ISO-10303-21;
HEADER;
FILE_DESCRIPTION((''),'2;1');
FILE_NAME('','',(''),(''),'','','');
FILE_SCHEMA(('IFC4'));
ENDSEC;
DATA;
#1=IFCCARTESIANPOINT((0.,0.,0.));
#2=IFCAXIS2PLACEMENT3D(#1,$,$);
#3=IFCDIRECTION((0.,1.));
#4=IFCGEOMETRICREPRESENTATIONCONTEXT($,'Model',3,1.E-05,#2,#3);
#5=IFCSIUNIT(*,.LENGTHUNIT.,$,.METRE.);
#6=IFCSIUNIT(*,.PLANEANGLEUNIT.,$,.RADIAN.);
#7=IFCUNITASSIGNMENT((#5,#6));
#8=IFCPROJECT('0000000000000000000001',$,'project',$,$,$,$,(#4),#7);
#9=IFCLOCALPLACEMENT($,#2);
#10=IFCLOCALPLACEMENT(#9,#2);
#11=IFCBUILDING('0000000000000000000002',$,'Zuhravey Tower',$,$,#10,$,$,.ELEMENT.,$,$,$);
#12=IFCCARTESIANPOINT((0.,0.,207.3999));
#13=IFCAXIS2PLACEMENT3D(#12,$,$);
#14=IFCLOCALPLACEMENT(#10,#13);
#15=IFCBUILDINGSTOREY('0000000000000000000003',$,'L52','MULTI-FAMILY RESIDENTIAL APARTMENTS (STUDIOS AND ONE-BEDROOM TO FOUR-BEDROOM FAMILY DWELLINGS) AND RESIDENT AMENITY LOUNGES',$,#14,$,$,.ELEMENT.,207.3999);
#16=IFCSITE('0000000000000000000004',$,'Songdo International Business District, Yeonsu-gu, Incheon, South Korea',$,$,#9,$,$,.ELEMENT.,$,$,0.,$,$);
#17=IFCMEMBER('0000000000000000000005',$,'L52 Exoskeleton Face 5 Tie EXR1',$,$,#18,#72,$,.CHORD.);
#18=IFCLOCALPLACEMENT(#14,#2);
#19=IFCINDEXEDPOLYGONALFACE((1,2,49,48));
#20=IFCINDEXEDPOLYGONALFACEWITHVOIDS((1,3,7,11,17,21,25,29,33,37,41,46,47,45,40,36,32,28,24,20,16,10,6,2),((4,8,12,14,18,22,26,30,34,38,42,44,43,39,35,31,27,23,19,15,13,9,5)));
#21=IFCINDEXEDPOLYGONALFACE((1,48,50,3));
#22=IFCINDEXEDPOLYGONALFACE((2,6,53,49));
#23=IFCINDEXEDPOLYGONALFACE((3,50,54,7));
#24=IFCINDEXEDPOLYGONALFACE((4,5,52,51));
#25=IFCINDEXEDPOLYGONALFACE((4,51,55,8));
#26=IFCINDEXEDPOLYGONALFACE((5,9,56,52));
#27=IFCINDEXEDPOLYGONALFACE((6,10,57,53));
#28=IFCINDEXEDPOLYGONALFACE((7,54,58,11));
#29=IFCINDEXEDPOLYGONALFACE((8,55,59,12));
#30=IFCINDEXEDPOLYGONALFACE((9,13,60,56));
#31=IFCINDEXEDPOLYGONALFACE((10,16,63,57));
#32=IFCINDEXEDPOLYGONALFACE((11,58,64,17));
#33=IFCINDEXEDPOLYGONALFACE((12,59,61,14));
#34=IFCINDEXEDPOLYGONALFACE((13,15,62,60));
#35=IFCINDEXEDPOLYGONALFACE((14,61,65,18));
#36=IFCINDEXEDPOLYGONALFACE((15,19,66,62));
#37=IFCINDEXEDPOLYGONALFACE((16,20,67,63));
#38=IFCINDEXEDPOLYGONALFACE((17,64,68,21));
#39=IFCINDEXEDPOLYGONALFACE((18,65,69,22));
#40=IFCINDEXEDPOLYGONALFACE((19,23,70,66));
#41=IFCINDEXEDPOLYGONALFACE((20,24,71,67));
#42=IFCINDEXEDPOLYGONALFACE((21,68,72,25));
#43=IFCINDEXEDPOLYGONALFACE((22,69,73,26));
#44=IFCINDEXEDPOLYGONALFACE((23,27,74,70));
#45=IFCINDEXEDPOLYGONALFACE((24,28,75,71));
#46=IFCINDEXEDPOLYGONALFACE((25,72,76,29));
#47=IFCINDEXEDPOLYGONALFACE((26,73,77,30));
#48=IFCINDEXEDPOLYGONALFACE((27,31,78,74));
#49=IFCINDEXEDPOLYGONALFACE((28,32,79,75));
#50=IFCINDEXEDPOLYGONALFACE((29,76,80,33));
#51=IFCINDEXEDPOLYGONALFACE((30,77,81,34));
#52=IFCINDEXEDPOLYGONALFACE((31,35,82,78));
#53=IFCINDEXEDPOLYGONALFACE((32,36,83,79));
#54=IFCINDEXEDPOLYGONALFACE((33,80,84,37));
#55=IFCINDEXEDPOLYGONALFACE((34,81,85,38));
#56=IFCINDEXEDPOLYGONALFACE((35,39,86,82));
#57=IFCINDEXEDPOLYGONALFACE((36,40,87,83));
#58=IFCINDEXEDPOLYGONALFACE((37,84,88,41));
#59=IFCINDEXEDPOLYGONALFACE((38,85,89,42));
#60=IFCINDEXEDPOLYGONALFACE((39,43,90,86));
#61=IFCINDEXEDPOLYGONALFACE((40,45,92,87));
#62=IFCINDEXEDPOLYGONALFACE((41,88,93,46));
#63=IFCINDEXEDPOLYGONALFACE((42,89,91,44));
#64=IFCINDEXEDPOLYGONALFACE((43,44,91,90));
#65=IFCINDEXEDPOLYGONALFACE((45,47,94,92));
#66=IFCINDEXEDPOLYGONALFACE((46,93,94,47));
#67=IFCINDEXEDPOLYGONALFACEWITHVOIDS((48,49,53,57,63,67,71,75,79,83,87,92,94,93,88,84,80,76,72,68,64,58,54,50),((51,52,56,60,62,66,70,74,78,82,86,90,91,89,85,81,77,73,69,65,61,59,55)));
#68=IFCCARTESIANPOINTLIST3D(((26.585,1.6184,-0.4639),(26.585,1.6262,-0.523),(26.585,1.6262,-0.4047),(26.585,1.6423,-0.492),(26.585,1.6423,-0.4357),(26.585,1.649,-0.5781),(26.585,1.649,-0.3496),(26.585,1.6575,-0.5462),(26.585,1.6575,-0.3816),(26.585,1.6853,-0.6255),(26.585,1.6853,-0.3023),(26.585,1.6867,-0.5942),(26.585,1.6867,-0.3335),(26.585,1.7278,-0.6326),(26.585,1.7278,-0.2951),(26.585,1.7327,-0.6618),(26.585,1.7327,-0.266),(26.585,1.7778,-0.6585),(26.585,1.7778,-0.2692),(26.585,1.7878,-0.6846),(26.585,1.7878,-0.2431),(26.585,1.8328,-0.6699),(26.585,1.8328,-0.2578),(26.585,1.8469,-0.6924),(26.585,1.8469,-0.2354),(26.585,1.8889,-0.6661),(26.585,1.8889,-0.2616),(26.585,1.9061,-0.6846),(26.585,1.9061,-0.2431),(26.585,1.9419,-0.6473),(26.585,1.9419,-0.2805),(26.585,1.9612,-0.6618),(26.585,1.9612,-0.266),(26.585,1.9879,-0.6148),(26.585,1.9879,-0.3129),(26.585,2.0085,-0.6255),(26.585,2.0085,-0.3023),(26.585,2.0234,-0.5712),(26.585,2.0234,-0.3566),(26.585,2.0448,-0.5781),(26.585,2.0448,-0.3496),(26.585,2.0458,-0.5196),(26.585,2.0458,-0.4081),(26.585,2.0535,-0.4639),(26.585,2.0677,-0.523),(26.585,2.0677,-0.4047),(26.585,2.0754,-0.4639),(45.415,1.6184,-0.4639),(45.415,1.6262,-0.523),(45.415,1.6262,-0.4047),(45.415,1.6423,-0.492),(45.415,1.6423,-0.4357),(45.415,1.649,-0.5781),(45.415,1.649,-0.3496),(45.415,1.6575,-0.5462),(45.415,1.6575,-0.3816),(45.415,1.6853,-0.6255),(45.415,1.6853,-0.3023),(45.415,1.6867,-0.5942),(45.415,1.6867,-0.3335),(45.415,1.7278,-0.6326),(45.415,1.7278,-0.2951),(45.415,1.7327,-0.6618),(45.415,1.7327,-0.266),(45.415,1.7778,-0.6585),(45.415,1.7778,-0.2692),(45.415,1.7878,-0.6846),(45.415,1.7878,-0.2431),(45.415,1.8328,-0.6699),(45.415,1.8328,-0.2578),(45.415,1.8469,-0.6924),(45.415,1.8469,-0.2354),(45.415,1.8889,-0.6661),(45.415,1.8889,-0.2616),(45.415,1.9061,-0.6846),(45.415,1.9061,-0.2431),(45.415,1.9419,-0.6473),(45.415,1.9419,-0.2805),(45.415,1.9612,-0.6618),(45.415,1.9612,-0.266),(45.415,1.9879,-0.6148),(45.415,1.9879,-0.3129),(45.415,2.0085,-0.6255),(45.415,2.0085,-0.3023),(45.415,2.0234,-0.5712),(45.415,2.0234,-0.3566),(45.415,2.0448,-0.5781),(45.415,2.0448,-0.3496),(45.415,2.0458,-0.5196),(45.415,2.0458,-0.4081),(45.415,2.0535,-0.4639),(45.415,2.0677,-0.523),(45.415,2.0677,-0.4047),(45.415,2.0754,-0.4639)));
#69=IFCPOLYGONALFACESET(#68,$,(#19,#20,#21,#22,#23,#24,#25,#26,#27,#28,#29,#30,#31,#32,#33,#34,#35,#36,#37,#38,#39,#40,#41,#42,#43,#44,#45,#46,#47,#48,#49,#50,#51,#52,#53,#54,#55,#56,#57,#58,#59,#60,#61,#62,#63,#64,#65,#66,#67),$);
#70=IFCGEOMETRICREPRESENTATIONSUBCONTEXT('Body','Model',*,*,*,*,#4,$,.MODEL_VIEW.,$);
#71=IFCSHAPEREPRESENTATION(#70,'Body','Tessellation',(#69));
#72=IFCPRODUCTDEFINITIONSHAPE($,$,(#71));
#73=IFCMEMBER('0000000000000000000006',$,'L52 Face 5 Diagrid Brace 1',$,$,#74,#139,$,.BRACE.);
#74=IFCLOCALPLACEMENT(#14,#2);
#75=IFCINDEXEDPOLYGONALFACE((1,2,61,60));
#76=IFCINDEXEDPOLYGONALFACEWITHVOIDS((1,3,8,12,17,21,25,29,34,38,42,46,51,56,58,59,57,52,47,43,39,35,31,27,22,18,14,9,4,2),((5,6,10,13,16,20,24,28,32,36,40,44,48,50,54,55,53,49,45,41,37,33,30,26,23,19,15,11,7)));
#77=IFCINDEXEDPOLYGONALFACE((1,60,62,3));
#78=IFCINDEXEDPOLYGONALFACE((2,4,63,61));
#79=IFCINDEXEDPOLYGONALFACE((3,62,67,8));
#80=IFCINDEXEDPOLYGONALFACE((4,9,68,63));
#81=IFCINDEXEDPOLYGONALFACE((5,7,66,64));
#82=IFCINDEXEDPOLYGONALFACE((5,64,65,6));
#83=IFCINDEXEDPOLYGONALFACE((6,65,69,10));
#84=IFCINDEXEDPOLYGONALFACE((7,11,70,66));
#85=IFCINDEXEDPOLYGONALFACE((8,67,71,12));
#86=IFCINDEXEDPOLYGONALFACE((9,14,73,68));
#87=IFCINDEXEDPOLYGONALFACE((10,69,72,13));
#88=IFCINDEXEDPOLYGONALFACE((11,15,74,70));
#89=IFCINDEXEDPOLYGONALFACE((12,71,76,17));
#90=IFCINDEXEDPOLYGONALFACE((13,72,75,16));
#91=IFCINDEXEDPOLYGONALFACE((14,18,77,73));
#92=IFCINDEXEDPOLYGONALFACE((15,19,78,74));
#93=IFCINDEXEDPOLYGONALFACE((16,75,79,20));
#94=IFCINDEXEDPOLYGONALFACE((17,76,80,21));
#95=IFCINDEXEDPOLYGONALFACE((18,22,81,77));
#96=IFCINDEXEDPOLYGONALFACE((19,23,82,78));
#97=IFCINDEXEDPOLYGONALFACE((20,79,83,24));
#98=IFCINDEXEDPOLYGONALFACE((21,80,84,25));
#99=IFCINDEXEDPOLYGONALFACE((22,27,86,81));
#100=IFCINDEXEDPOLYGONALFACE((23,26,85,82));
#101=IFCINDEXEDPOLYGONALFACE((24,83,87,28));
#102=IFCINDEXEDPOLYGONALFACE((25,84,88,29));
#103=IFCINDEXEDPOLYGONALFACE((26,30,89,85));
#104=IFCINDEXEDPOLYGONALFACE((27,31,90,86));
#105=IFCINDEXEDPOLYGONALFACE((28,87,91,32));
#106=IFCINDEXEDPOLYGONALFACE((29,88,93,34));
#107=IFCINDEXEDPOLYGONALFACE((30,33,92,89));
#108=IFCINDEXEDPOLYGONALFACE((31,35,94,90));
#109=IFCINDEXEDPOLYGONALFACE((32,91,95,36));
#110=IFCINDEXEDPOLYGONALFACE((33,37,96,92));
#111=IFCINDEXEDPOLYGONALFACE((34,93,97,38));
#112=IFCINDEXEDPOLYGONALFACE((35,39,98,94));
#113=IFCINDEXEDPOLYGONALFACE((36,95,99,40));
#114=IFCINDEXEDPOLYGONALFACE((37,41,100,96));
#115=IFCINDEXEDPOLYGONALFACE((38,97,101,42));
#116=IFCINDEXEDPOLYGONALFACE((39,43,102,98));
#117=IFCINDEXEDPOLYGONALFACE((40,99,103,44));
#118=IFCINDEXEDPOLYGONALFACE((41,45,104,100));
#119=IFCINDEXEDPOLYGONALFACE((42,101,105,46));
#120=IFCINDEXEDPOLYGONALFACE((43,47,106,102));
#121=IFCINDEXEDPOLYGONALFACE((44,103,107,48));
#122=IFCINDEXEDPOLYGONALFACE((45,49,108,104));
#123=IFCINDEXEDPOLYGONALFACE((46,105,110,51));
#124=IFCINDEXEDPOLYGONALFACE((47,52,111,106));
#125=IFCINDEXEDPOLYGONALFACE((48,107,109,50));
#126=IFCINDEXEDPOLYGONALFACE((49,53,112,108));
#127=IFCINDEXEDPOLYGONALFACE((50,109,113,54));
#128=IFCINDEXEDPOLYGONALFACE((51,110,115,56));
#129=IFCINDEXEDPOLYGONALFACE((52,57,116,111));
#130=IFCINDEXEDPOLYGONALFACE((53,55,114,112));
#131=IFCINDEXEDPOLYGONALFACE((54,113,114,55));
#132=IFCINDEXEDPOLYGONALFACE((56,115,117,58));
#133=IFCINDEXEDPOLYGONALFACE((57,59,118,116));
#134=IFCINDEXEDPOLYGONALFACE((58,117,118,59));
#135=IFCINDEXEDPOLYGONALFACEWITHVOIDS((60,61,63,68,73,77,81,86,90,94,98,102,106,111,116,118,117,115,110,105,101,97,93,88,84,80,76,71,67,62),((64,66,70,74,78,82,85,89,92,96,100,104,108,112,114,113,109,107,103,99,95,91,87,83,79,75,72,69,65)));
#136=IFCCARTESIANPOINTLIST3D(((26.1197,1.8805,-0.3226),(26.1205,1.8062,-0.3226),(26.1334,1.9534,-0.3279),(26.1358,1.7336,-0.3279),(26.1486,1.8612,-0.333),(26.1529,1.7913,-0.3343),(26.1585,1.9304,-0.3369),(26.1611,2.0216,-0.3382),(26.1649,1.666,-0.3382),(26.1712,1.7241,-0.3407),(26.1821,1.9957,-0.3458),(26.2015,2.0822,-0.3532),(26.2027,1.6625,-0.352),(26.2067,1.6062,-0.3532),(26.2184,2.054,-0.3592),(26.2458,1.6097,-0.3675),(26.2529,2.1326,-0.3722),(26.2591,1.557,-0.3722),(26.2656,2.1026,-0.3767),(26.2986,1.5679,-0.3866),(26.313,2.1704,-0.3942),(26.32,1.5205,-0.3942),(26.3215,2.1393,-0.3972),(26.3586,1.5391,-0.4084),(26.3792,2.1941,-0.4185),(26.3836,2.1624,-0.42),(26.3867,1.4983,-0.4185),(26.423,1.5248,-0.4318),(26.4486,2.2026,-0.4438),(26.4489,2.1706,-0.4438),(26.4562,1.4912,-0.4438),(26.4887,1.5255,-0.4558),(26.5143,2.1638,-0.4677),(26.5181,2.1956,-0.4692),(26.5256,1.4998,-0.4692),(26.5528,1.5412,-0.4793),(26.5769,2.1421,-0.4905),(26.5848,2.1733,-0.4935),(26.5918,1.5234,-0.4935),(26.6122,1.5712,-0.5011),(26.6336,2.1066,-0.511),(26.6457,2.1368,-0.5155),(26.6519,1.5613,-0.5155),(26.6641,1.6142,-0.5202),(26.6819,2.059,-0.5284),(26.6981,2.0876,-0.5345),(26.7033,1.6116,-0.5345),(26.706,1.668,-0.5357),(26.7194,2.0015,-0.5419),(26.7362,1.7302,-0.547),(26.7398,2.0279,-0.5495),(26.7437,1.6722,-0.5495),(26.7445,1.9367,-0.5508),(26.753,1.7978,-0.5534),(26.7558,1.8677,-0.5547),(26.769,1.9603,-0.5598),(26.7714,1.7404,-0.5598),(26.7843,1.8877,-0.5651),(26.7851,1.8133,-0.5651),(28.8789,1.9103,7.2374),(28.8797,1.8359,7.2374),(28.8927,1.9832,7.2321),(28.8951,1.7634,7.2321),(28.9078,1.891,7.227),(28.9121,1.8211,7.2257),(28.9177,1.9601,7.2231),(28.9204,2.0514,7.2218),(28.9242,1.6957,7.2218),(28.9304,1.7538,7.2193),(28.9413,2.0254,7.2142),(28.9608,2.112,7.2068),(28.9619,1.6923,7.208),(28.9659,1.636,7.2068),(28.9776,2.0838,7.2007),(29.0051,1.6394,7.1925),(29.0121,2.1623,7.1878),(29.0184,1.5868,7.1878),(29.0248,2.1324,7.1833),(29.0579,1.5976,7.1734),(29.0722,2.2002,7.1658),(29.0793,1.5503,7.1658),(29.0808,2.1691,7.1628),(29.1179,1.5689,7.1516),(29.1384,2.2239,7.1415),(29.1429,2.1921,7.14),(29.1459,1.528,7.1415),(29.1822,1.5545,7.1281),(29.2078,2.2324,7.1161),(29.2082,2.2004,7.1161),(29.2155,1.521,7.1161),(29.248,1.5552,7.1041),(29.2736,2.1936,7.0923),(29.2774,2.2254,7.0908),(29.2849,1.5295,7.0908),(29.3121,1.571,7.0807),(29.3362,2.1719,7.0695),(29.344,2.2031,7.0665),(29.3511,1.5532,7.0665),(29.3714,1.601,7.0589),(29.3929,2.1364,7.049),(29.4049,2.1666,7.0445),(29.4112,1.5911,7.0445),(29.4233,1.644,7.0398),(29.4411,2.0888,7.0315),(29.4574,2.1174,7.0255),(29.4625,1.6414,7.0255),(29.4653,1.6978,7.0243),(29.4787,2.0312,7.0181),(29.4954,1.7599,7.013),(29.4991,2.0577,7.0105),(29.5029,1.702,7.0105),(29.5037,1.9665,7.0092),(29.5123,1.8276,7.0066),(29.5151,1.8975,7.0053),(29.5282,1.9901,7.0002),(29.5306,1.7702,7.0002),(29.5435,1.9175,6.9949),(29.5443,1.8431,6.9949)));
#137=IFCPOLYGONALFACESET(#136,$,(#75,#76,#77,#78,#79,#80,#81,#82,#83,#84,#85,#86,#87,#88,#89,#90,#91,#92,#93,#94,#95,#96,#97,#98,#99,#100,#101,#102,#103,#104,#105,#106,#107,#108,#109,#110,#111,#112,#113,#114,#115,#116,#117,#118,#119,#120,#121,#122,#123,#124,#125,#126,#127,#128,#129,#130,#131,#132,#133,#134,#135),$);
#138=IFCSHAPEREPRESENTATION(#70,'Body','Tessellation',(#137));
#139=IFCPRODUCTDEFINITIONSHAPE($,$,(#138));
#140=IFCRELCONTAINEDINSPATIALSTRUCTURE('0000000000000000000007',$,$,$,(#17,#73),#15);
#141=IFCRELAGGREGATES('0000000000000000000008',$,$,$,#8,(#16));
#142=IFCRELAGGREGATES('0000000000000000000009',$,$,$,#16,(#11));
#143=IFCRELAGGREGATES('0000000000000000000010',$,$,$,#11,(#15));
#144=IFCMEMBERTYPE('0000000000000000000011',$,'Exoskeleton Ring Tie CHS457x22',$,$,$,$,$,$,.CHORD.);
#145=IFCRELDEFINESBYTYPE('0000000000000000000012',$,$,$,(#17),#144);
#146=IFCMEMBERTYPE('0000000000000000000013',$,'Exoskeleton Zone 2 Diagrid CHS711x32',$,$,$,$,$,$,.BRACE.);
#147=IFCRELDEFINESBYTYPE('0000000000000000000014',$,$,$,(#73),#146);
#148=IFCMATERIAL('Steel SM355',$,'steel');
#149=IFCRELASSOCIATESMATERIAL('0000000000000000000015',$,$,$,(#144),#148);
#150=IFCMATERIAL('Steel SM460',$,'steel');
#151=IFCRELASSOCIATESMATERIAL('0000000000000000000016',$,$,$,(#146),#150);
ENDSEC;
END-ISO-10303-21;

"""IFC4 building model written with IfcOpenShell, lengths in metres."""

from ifc_helpers import new_model, si_unit, direction, frame, origin, origin_2d, place, context, subcontext, project, spatial, hollow_circle, extrude, material, material_profile, profile_set, type_object, element, save


model = new_model("IFC4")

# Units and contexts
model_context = context("Model", 3, precision=1e-05, world=origin(), true_north=direction((0.0, 1.0)))
body_context = subcontext(model_context, "Body", "Model", "MODEL_VIEW")
ifc_project = project(units=[si_unit("LENGTHUNIT", "METRE"), si_unit("PLANEANGLEUNIT", "RADIAN")], contexts=[model_context])

# Site, building, storey
site_placement = place(None, origin())
site = spatial("IfcSite", under=ifc_project, at=site_placement, Name="Songdo International Business District, Yeonsu-gu, Incheon, South Korea", CompositionType="ELEMENT", RefElevation=0.0)
building_placement = place(site_placement, origin())
building = spatial("IfcBuilding", under=site, at=building_placement, Name="Zuhravey Tower", CompositionType="ELEMENT")
storey_placement = place(building_placement, frame((0.0, 0.0, 207.3999)))
storey = spatial("IfcBuildingStorey", under=building, at=storey_placement, Name="L52", Description="MULTI-FAMILY RESIDENTIAL APARTMENTS (STUDIOS AND ONE-BEDROOM TO FOUR-BEDROOM FAMILY DWELLINGS) AND RESIDENT AMENITY LOUNGES", CompositionType="ELEMENT", Elevation=207.3999)

# Members
ifc_material_1 = material(Name="Steel SM355", Category="steel")
ifc_material_profile_1 = material_profile(ifc_material_1, hollow_circle(Radius=0.2285, WallThickness=0.022, at=origin_2d()), Name="CHS-457.2x22")
ifc_profile_set_1 = profile_set([ifc_material_profile_1], Name="Steel SM355")
member_type_1 = type_object("IfcMemberType", Name="Exoskeleton Ring Tie CHS457x22", PredefinedType="CHORD", material=ifc_profile_set_1)
member_1_placement = place(storey_placement, frame((26.585, 1.8469, -0.4639), z_axis=(1.0, 0.0, 0.0), x_axis=(0.0, 1.0, 0.0)))
element("IfcMember", 1, at=member_1_placement, inside=storey, type_object=member_type_1, Name="L52 Exoskeleton Face 5 Tie EXR1", PredefinedType="CHORD", context=body_context, shape_type="SweptSolid", body=[
    extrude(hollow_circle(Radius=0.2285, WallThickness=0.022, at=origin_2d()), origin(), (0.0, 0.0, 1.0), 18.8301),
])
ifc_material_2 = material(Name="Steel SM460", Category="steel")
ifc_material_profile_2 = material_profile(ifc_material_2, hollow_circle(Radius=0.3557, WallThickness=0.032, at=origin_2d()), Name="CHS-711.2x32")
ifc_profile_set_2 = profile_set([ifc_material_profile_2], Name="Steel SM460")
member_type_2 = type_object("IfcMemberType", Name="Exoskeleton Zone 2 Diagrid CHS711x32", PredefinedType="BRACE", material=ifc_profile_set_2)
member_2_placement = place(storey_placement, frame((26.4524, 1.8469, -0.4438), z_axis=(0.342856, 0.003701, 0.939381), x_axis=(-0.010794, 0.999942, 0.0)))
element("IfcMember", 2, at=member_2_placement, inside=storey, type_object=member_type_2, Name="L52 Face 5 Diagrid Brace 1", PredefinedType="BRACE", context=body_context, shape_type="SweptSolid", body=[
    extrude(hollow_circle(Radius=0.3557, WallThickness=0.032, at=origin_2d()), origin(), (0.0, 0.0, 1.0), 8.0479),
])

save(model, "model.ifc")
